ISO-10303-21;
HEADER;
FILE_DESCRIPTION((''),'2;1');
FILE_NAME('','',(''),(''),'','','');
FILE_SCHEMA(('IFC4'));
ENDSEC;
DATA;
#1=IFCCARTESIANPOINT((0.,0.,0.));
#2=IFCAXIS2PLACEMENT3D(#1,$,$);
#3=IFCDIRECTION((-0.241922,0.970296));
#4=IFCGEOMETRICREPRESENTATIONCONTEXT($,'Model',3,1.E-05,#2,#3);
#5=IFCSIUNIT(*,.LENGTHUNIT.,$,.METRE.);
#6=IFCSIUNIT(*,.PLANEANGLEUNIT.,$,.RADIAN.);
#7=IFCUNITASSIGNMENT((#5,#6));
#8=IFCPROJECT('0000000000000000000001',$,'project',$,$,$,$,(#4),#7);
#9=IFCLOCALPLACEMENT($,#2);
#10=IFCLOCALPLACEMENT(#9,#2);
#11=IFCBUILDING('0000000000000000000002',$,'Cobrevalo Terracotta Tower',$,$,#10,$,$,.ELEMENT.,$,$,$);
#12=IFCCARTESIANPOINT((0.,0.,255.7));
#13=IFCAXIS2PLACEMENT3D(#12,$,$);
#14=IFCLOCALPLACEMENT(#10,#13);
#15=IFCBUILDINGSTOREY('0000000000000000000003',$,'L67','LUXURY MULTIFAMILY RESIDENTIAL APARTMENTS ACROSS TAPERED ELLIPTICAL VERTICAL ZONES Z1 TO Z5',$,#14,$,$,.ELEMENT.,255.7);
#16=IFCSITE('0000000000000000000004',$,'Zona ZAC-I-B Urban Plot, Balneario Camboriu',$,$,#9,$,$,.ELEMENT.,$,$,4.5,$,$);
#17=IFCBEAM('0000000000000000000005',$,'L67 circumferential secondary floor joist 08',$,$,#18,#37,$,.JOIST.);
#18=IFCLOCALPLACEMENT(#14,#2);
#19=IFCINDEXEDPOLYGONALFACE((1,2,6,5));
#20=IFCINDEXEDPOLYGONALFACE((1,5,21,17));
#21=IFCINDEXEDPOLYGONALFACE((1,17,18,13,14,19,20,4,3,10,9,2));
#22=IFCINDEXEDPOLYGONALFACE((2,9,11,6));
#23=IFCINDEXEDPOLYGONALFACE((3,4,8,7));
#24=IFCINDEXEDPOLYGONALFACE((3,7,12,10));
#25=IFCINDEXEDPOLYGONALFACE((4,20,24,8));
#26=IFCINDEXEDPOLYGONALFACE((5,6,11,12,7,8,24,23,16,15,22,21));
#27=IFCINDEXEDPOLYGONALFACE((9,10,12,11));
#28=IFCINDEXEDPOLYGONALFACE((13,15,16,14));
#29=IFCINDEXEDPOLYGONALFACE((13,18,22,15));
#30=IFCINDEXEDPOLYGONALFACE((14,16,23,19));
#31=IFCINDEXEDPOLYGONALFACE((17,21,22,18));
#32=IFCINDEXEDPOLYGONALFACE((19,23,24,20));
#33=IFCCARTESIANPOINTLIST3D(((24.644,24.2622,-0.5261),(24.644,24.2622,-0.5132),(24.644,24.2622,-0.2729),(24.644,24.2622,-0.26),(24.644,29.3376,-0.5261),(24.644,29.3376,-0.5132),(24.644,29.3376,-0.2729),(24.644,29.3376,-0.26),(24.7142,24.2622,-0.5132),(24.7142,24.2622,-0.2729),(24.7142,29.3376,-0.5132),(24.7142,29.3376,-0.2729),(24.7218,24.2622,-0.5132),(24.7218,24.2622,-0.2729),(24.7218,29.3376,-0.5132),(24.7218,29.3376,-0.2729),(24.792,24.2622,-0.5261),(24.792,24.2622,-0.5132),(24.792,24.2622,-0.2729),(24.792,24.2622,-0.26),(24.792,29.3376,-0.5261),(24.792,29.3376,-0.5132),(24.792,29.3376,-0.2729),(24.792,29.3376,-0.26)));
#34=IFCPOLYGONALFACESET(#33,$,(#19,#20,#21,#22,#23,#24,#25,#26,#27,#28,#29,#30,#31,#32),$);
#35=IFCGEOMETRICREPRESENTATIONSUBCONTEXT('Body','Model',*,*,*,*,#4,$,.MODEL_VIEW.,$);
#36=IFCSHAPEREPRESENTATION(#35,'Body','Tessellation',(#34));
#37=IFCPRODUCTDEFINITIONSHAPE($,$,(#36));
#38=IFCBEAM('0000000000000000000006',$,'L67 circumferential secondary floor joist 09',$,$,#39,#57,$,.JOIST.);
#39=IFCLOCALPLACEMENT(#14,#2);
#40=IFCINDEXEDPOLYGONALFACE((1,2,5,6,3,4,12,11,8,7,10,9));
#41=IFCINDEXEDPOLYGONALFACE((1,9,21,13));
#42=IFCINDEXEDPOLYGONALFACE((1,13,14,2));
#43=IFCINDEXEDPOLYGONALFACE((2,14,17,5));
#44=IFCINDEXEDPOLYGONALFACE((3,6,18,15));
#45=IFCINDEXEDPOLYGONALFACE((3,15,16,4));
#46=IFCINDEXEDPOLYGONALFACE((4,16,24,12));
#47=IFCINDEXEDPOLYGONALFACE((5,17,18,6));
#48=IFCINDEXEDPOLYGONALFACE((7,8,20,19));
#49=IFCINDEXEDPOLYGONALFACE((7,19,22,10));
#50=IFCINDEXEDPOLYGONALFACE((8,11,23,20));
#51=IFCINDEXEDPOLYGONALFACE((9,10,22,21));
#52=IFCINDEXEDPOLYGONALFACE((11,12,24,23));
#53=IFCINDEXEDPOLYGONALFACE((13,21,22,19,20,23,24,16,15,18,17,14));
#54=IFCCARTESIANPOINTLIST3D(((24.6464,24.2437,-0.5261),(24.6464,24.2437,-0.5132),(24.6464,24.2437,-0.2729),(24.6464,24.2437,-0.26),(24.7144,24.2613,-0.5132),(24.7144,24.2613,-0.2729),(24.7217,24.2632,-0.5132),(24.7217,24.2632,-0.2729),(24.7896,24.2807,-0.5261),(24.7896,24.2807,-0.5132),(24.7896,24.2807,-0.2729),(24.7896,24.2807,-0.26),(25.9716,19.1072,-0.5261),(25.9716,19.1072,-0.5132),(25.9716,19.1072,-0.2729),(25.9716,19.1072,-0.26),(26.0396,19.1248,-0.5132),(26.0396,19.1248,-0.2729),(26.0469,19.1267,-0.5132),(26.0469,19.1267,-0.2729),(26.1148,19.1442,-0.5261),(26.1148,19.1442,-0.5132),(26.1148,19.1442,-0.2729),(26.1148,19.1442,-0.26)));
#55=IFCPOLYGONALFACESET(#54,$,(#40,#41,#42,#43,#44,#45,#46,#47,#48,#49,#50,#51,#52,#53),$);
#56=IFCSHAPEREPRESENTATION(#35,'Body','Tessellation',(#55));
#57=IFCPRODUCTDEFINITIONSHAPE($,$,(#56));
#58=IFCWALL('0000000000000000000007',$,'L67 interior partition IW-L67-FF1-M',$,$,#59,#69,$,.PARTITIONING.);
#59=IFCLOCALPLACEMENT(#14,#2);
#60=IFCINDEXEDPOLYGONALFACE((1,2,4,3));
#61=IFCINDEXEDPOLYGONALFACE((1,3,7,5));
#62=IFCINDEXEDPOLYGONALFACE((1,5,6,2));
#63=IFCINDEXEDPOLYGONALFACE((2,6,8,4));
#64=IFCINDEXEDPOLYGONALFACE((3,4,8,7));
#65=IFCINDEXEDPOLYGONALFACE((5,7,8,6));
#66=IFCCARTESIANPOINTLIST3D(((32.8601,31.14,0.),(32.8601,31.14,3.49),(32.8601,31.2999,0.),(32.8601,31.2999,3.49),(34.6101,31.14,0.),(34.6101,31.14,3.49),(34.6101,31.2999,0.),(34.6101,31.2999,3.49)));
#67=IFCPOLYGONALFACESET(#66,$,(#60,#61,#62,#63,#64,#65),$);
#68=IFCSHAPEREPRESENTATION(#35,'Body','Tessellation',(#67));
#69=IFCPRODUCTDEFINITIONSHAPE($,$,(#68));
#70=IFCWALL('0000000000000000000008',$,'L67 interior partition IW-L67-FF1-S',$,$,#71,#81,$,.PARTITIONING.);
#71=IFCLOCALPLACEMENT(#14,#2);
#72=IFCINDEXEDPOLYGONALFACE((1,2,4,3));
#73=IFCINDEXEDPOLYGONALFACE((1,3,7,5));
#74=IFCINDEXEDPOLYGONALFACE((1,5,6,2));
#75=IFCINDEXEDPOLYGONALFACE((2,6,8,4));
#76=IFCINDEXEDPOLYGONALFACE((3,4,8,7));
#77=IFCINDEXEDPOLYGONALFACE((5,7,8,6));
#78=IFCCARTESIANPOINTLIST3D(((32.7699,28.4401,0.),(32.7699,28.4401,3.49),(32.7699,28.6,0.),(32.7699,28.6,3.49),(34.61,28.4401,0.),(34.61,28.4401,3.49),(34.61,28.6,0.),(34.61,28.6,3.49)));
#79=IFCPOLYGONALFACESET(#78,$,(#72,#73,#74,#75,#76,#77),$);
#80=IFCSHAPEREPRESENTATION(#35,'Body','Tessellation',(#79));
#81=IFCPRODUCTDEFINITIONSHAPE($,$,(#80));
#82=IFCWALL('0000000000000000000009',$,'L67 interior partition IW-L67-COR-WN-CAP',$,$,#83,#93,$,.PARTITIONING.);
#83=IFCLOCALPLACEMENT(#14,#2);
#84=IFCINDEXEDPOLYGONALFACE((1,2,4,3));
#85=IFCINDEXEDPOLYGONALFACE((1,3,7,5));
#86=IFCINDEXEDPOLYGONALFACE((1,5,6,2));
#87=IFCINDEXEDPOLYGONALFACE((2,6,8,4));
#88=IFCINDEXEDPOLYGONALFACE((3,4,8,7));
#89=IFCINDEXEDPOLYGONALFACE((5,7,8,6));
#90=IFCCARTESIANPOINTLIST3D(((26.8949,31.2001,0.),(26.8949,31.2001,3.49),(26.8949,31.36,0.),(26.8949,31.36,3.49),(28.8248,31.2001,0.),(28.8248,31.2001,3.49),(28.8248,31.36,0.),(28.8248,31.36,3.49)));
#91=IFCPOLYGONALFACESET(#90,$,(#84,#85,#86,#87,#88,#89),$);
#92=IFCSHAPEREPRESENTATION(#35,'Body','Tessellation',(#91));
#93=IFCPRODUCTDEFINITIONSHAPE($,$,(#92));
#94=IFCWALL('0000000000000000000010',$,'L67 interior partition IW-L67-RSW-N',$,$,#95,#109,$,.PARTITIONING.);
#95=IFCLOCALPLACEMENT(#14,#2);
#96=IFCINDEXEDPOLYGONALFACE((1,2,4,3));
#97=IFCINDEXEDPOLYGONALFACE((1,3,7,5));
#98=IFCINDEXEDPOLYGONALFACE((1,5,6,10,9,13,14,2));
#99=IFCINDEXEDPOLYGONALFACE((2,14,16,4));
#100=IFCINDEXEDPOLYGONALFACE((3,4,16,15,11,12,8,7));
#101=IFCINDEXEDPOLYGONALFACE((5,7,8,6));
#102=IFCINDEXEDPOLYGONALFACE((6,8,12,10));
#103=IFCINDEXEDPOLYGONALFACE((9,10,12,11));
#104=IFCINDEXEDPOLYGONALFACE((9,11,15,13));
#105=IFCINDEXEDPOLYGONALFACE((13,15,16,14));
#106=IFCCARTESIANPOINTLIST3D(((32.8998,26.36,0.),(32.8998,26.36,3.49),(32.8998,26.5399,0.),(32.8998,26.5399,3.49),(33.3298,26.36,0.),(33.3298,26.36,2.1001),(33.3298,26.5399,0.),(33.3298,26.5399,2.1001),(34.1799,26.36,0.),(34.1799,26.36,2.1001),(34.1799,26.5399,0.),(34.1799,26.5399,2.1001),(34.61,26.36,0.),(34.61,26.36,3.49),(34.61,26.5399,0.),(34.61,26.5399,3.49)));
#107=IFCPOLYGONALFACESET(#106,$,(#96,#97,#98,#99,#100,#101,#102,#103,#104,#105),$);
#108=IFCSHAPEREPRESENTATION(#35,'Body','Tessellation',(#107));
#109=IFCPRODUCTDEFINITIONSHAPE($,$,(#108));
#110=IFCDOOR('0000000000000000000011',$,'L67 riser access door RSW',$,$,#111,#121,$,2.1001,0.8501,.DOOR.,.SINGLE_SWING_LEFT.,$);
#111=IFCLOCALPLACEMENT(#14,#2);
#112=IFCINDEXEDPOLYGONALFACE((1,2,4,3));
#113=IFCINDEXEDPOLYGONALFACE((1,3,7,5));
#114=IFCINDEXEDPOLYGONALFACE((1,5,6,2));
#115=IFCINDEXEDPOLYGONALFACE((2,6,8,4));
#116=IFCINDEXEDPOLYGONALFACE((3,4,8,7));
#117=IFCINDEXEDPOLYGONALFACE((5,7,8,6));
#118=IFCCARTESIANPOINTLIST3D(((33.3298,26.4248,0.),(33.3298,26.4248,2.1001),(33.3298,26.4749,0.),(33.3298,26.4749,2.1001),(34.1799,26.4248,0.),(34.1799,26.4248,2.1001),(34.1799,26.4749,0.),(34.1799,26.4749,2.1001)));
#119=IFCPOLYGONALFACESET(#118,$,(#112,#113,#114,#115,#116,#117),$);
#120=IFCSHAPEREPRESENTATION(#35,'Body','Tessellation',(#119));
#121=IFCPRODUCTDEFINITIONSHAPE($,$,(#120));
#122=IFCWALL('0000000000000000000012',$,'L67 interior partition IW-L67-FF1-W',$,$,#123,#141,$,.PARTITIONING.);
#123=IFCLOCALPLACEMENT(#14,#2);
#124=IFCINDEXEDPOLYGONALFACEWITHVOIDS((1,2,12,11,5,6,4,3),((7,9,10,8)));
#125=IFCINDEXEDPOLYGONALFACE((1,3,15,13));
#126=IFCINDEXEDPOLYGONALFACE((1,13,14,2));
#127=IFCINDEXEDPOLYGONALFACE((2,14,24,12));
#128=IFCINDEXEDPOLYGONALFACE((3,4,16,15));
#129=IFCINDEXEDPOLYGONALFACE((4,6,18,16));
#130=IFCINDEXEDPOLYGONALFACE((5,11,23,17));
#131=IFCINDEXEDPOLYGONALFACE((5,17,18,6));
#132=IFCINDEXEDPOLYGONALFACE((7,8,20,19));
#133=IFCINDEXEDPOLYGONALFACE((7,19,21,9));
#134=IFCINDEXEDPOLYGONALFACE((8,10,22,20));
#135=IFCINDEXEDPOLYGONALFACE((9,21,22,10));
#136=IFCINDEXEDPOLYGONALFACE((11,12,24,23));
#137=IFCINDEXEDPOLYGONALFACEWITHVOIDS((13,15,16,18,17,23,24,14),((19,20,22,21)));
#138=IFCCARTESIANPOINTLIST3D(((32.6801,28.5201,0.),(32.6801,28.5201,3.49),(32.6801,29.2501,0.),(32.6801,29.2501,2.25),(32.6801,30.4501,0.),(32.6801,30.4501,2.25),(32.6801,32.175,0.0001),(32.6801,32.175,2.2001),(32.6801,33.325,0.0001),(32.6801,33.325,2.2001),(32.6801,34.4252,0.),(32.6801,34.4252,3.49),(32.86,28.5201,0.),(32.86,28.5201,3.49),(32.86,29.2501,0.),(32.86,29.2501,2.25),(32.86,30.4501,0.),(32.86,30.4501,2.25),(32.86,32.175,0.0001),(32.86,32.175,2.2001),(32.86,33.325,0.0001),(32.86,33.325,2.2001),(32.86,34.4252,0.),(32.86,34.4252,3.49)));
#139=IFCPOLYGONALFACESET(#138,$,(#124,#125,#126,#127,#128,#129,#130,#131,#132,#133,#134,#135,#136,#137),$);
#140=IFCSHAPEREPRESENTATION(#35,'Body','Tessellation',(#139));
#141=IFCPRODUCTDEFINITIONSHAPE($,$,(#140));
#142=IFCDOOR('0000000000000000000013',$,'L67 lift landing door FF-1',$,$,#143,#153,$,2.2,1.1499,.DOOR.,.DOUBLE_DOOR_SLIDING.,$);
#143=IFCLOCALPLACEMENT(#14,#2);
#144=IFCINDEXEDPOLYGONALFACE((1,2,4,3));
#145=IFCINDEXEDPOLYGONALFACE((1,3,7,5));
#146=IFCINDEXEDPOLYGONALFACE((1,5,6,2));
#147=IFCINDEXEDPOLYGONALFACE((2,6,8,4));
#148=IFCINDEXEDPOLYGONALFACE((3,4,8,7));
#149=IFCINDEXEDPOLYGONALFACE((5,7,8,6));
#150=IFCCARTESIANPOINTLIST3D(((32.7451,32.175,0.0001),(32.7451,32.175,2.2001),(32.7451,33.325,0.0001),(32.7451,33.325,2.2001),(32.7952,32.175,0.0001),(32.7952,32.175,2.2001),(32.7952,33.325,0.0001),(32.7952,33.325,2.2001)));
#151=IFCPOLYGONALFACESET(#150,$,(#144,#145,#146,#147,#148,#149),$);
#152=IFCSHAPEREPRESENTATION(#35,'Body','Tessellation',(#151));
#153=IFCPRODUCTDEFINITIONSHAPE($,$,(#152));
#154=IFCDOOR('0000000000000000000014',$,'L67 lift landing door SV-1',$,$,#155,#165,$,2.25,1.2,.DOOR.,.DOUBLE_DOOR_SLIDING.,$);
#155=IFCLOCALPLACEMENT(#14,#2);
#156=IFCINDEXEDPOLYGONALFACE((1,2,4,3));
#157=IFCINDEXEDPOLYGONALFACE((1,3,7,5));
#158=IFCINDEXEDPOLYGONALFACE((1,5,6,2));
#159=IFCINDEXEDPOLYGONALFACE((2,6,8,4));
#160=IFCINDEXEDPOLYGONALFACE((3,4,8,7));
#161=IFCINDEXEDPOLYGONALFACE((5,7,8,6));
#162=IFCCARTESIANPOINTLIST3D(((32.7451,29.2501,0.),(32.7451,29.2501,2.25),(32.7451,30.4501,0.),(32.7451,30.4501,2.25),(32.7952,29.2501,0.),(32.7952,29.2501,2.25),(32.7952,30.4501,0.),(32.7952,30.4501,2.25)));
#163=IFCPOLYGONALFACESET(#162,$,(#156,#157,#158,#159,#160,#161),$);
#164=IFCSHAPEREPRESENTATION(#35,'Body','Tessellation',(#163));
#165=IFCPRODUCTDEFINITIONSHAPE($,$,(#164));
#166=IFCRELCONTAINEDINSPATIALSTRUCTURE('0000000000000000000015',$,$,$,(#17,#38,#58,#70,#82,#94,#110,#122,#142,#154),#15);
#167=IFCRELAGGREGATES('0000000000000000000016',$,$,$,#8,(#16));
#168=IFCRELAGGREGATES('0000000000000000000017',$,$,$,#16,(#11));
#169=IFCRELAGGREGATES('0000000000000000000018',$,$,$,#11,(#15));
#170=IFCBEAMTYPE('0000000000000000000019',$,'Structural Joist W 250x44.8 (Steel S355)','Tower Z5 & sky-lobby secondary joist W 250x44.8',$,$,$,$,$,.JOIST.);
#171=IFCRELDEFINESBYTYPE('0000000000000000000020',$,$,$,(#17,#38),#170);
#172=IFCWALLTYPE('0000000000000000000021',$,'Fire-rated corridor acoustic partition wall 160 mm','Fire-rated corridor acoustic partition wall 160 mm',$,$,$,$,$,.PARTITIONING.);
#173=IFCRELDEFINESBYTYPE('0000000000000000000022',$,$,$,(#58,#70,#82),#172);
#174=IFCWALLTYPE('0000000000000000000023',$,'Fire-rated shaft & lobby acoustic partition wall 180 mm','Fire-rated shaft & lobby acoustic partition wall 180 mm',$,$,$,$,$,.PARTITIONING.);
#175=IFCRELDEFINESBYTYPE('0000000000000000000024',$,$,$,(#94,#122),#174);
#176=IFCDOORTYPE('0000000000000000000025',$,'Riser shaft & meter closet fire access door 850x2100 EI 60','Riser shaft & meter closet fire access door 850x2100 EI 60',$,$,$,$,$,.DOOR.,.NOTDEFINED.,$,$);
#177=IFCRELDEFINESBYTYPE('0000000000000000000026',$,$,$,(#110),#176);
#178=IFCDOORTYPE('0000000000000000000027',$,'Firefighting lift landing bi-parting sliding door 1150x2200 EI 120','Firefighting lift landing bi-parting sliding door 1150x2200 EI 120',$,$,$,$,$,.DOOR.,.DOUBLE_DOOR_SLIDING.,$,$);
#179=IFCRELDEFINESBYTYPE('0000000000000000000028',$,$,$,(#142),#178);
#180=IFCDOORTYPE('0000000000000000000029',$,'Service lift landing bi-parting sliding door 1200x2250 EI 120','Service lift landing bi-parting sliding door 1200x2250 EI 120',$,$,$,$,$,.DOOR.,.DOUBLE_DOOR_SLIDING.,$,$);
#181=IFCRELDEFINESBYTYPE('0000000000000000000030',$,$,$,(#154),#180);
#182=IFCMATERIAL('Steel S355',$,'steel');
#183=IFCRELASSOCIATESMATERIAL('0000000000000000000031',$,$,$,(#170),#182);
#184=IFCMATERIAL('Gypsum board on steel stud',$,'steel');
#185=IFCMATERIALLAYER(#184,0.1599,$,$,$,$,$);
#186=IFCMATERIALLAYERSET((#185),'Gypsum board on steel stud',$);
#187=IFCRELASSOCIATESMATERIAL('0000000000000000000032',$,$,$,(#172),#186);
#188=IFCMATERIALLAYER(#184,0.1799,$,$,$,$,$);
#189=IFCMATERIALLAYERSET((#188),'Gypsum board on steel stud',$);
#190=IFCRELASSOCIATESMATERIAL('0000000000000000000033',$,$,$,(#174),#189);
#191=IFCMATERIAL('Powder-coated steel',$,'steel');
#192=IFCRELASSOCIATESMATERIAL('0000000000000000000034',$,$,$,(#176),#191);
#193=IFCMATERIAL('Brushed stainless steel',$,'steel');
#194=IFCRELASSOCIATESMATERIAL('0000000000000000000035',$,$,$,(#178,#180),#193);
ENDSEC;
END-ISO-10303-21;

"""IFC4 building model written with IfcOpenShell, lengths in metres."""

from ifc_helpers import new_model, si_unit, direction, frame, frame_2d, origin, origin_2d, place, context, subcontext, project, spatial, rectangle, i_section, extrude, source, transform, mapped, material, layer, layer_set, material_profile, profile_set, type_object, element, fill, save


model = new_model("IFC4")

# Units and contexts
model_context = context("Model", 3, precision=1e-05, world=origin(), true_north=direction((-0.241922, 0.970296)))
body_context = subcontext(model_context, "Body", "Model", "MODEL_VIEW")
ifc_project = project(units=[si_unit("LENGTHUNIT", "METRE"), si_unit("PLANEANGLEUNIT", "RADIAN")], contexts=[model_context])

# Site, building, storey
site_placement = place(None, origin())
site = spatial("IfcSite", under=ifc_project, at=site_placement, Name="Zona ZAC-I-B Urban Plot, Balneario Camboriu", CompositionType="ELEMENT", RefElevation=4.5)
building_placement = place(site_placement, origin())
building = spatial("IfcBuilding", under=site, at=building_placement, Name="Cobrevalo Terracotta Tower", CompositionType="ELEMENT")
storey_placement = place(building_placement, frame((0.0, 0.0, 255.7)))
storey = spatial("IfcBuildingStorey", under=building, at=storey_placement, Name="L67", Description="LUXURY MULTIFAMILY RESIDENTIAL APARTMENTS ACROSS TAPERED ELLIPTICAL VERTICAL ZONES Z1 TO Z5", CompositionType="ELEMENT", Elevation=255.7)

# Beams
ifc_material_1 = material(Name="Steel S355", Category="steel")
ifc_material_profile = material_profile(ifc_material_1, i_section(OverallWidth=0.1479, OverallDepth=0.2661, WebThickness=0.0076, FlangeThickness=0.0129, at=origin_2d()), Name="W 250x44.8")
ifc_profile_set = profile_set([ifc_material_profile], Name="Steel S355")
beam_type = type_object("IfcBeamType", Name="Structural Joist W 250x44.8 (Steel S355)", Description="Tower Z5 & sky-lobby secondary joist W 250x44.8", PredefinedType="JOIST", material=ifc_profile_set)
beam_1_placement = place(storey_placement, frame((24.718, 29.3376, -0.3931), z_axis=(0.0, -1.0, 0.0), x_axis=(1.0, 0.0, 0.0)))
element("IfcBeam", 1, at=beam_1_placement, inside=storey, type_object=beam_type, Name="L67 circumferential secondary floor joist 08", PredefinedType="JOIST", context=body_context, shape_type="SweptSolid", body=[
    extrude(i_section(OverallWidth=0.1479, OverallDepth=0.2661, WebThickness=0.0076, FlangeThickness=0.0129, at=origin_2d()), origin(), (0.0, 0.0, 1.0), 5.0754),
])
beam_2_placement = place(storey_placement, frame((24.718, 24.2622, -0.3931), z_axis=(0.249817, -0.968293, 0.0), x_axis=(0.968293, 0.249817, 0.0)))
element("IfcBeam", 2, at=beam_2_placement, inside=storey, type_object=beam_type, Name="L67 circumferential secondary floor joist 09", PredefinedType="JOIST", context=body_context, shape_type="SweptSolid", body=[
    extrude(i_section(OverallWidth=0.1479, OverallDepth=0.2661, WebThickness=0.0076, FlangeThickness=0.0129, at=origin_2d()), origin(), (0.0, 0.0, 1.0), 5.3047),
])

# Walls
ifc_material_2 = material(Name="Gypsum board on steel stud", Category="steel")
ifc_layer_1 = layer(ifc_material_2, 0.1599)
ifc_layer_set_1 = layer_set([ifc_layer_1], Name="Gypsum board on steel stud")
wall_type_1 = type_object("IfcWallType", Name="Fire-rated corridor acoustic partition wall 160 mm", Description="Fire-rated corridor acoustic partition wall 160 mm", PredefinedType="PARTITIONING", material=ifc_layer_set_1)
wall_1_placement = place(storey_placement, frame((32.8601, 31.22, 0.0), z_axis=(0.0, 0.0, 1.0), x_axis=(1.0, 0.0, 0.0)))
element("IfcWall", 3, at=wall_1_placement, inside=storey, type_object=wall_type_1, Name="L67 interior partition IW-L67-FF1-M", PredefinedType="PARTITIONING", context=body_context, shape_type="SweptSolid", body=[
    extrude(rectangle(XDim=1.75, YDim=0.1599, at=frame_2d((0.875, 0.0))), origin(), (0.0, 0.0, 1.0), 3.49),
])
wall_2_placement = place(storey_placement, frame((32.77, 28.52, 0.0), z_axis=(0.0, 0.0, 1.0), x_axis=(1.0, 0.0, 0.0)))
element("IfcWall", 4, at=wall_2_placement, inside=storey, type_object=wall_type_1, Name="L67 interior partition IW-L67-FF1-S", PredefinedType="PARTITIONING", context=body_context, shape_type="SweptSolid", body=[
    extrude(rectangle(XDim=1.8401, YDim=0.1599, at=frame_2d((0.9199, 0.0))), origin(), (0.0, 0.0, 1.0), 3.49),
])
wall_3_placement = place(storey_placement, frame((26.895, 31.28, 0.0), z_axis=(0.0, 0.0, 1.0), x_axis=(1.0, 0.0, 0.0)))
element("IfcWall", 5, at=wall_3_placement, inside=storey, type_object=wall_type_1, Name="L67 interior partition IW-L67-COR-WN-CAP", PredefinedType="PARTITIONING", context=body_context, shape_type="SweptSolid", body=[
    extrude(rectangle(XDim=1.9299, YDim=0.1599, at=frame_2d((0.9648, 0.0))), origin(), (0.0, 0.0, 1.0), 3.49),
])

# Wall, opening, door
ifc_layer_2 = layer(ifc_material_2, 0.1799)
ifc_layer_set_2 = layer_set([ifc_layer_2], Name="Gypsum board on steel stud")
wall_type_2 = type_object("IfcWallType", Name="Fire-rated shaft & lobby acoustic partition wall 180 mm", Description="Fire-rated shaft & lobby acoustic partition wall 180 mm", PredefinedType="PARTITIONING", material=ifc_layer_set_2)
wall_4_placement = place(storey_placement, frame((32.8999, 26.45, 0.0), z_axis=(0.0, 0.0, 1.0), x_axis=(1.0, 0.0, 0.0)))
wall_4 = element("IfcWall", 6, at=wall_4_placement, inside=storey, type_object=wall_type_2, Name="L67 interior partition IW-L67-RSW-N", PredefinedType="PARTITIONING", context=body_context, shape_type="SweptSolid", body=[
    extrude(rectangle(XDim=1.7102, YDim=0.1799, at=frame_2d((0.855, 0.0))), origin(), (0.0, 0.0, 1.0), 3.49),
])
opening_1_placement = place(wall_4_placement, frame((0.4299, 0.0, 0.0)))
opening_1 = element("IfcOpeningElement", 7, at=opening_1_placement, cuts=wall_4, PredefinedType="OPENING", context=body_context, shape_type="SweptSolid", body=[
    extrude(rectangle(XDim=0.8501, YDim=2.1001, at=frame_2d((0.425, 1.05))), frame((0.0, 0.1001, 0.0), z_axis=(0.0, -1.0, 0.0), x_axis=(1.0, 0.0, 0.0)), (0.0, 0.0, 1.0), 0.2),
])
ifc_material_3 = material(Name="Powder-coated steel", Category="steel")
door_type_1 = type_object("IfcDoorType", Name="Riser shaft & meter closet fire access door 850x2100 EI 60", Description="Riser shaft & meter closet fire access door 850x2100 EI 60", OperationType="NOTDEFINED", PredefinedType="DOOR", material=ifc_material_3)
shared_shape_1 = source(origin(), body_context, "Body", "SweptSolid", [
    extrude(rectangle(XDim=0.8501, YDim=2.1001, at=frame_2d((0.425, 1.05))), frame((0.0, 0.0249, 0.0), z_axis=(0.0, -1.0, 0.0), x_axis=(1.0, 0.0, 0.0)), (0.0, 0.0, 1.0), 0.05),
])
door_1_placement = place(opening_1_placement, origin())
door_1 = element("IfcDoor", 8, at=door_1_placement, inside=storey, type_object=door_type_1, Name="L67 riser access door RSW", OperationType="SINGLE_SWING_LEFT", OverallHeight=2.1001, OverallWidth=0.8501, PredefinedType="DOOR", context=body_context, shape_type="MappedRepresentation", body=[
    mapped(shared_shape_1, transform((0.0, 0.0, 0.0), scale=1.0)),
])
fill(opening_1, door_1)

# Wall, openings, doors
wall_5_placement = place(storey_placement, frame((32.77, 28.52, 0.0), z_axis=(0.0, 0.0, 1.0), x_axis=(0.0, 1.0, 0.0)))
wall_5 = element("IfcWall", 9, at=wall_5_placement, inside=storey, type_object=wall_type_2, Name="L67 interior partition IW-L67-FF1-W", PredefinedType="PARTITIONING", context=body_context, shape_type="SweptSolid", body=[
    extrude(rectangle(XDim=5.905, YDim=0.1799, at=frame_2d((2.9526, 0.0))), origin(), (0.0, 0.0, 1.0), 3.49),
])
opening_2_placement = place(wall_5_placement, frame((3.655, 0.0, 0.0)))
opening_2 = element("IfcOpeningElement", 10, at=opening_2_placement, cuts=wall_5, PredefinedType="OPENING", context=body_context, shape_type="SweptSolid", body=[
    extrude(rectangle(XDim=1.1499, YDim=2.2, at=frame_2d((0.575, 1.1001))), frame((0.0, 0.1001, 0.0), z_axis=(0.0, -1.0, 0.0), x_axis=(1.0, 0.0, 0.0)), (0.0, 0.0, 1.0), 0.2),
])
opening_3_placement = place(wall_5_placement, frame((0.73, 0.0, 0.0)))
opening_3 = element("IfcOpeningElement", 11, at=opening_3_placement, cuts=wall_5, PredefinedType="OPENING", context=body_context, shape_type="SweptSolid", body=[
    extrude(rectangle(XDim=1.2, YDim=2.25, at=frame_2d((0.6001, 1.125))), frame((0.0, 0.1001, 0.0), z_axis=(0.0, -1.0, 0.0), x_axis=(1.0, 0.0, 0.0)), (0.0, 0.0, 1.0), 0.2),
])
ifc_material_4 = material(Name="Brushed stainless steel", Category="steel")
door_type_2 = type_object("IfcDoorType", Name="Firefighting lift landing bi-parting sliding door 1150x2200 EI 120", Description="Firefighting lift landing bi-parting sliding door 1150x2200 EI 120", OperationType="DOUBLE_DOOR_SLIDING", PredefinedType="DOOR", material=ifc_material_4)
shared_shape_2 = source(origin(), body_context, "Body", "SweptSolid", [
    extrude(rectangle(XDim=1.1499, YDim=2.2, at=frame_2d((0.575, 1.1001))), frame((0.0, 0.0249, 0.0), z_axis=(0.0, -1.0, 0.0), x_axis=(1.0, 0.0, 0.0)), (0.0, 0.0, 1.0), 0.05),
])
door_2_placement = place(opening_2_placement, origin())
door_2 = element("IfcDoor", 12, at=door_2_placement, inside=storey, type_object=door_type_2, Name="L67 lift landing door FF-1", OperationType="DOUBLE_DOOR_SLIDING", OverallHeight=2.2, OverallWidth=1.1499, PredefinedType="DOOR", context=body_context, shape_type="MappedRepresentation", body=[
    mapped(shared_shape_2, transform((0.0, 0.0, 0.0), scale=1.0)),
])
fill(opening_2, door_2)
door_type_3 = type_object("IfcDoorType", Name="Service lift landing bi-parting sliding door 1200x2250 EI 120", Description="Service lift landing bi-parting sliding door 1200x2250 EI 120", OperationType="DOUBLE_DOOR_SLIDING", PredefinedType="DOOR", material=ifc_material_4)
shared_shape_3 = source(origin(), body_context, "Body", "SweptSolid", [
    extrude(rectangle(XDim=1.2, YDim=2.25, at=frame_2d((0.6001, 1.125))), frame((0.0, 0.0249, 0.0), z_axis=(0.0, -1.0, 0.0), x_axis=(1.0, 0.0, 0.0)), (0.0, 0.0, 1.0), 0.05),
])
door_3_placement = place(opening_3_placement, origin())
door_3 = element("IfcDoor", 13, at=door_3_placement, inside=storey, type_object=door_type_3, Name="L67 lift landing door SV-1", OperationType="DOUBLE_DOOR_SLIDING", OverallHeight=2.25, OverallWidth=1.2, PredefinedType="DOOR", context=body_context, shape_type="MappedRepresentation", body=[
    mapped(shared_shape_3, transform((0.0, 0.0, 0.0), scale=1.0)),
])
fill(opening_3, door_3)

save(model, "model.ifc")
